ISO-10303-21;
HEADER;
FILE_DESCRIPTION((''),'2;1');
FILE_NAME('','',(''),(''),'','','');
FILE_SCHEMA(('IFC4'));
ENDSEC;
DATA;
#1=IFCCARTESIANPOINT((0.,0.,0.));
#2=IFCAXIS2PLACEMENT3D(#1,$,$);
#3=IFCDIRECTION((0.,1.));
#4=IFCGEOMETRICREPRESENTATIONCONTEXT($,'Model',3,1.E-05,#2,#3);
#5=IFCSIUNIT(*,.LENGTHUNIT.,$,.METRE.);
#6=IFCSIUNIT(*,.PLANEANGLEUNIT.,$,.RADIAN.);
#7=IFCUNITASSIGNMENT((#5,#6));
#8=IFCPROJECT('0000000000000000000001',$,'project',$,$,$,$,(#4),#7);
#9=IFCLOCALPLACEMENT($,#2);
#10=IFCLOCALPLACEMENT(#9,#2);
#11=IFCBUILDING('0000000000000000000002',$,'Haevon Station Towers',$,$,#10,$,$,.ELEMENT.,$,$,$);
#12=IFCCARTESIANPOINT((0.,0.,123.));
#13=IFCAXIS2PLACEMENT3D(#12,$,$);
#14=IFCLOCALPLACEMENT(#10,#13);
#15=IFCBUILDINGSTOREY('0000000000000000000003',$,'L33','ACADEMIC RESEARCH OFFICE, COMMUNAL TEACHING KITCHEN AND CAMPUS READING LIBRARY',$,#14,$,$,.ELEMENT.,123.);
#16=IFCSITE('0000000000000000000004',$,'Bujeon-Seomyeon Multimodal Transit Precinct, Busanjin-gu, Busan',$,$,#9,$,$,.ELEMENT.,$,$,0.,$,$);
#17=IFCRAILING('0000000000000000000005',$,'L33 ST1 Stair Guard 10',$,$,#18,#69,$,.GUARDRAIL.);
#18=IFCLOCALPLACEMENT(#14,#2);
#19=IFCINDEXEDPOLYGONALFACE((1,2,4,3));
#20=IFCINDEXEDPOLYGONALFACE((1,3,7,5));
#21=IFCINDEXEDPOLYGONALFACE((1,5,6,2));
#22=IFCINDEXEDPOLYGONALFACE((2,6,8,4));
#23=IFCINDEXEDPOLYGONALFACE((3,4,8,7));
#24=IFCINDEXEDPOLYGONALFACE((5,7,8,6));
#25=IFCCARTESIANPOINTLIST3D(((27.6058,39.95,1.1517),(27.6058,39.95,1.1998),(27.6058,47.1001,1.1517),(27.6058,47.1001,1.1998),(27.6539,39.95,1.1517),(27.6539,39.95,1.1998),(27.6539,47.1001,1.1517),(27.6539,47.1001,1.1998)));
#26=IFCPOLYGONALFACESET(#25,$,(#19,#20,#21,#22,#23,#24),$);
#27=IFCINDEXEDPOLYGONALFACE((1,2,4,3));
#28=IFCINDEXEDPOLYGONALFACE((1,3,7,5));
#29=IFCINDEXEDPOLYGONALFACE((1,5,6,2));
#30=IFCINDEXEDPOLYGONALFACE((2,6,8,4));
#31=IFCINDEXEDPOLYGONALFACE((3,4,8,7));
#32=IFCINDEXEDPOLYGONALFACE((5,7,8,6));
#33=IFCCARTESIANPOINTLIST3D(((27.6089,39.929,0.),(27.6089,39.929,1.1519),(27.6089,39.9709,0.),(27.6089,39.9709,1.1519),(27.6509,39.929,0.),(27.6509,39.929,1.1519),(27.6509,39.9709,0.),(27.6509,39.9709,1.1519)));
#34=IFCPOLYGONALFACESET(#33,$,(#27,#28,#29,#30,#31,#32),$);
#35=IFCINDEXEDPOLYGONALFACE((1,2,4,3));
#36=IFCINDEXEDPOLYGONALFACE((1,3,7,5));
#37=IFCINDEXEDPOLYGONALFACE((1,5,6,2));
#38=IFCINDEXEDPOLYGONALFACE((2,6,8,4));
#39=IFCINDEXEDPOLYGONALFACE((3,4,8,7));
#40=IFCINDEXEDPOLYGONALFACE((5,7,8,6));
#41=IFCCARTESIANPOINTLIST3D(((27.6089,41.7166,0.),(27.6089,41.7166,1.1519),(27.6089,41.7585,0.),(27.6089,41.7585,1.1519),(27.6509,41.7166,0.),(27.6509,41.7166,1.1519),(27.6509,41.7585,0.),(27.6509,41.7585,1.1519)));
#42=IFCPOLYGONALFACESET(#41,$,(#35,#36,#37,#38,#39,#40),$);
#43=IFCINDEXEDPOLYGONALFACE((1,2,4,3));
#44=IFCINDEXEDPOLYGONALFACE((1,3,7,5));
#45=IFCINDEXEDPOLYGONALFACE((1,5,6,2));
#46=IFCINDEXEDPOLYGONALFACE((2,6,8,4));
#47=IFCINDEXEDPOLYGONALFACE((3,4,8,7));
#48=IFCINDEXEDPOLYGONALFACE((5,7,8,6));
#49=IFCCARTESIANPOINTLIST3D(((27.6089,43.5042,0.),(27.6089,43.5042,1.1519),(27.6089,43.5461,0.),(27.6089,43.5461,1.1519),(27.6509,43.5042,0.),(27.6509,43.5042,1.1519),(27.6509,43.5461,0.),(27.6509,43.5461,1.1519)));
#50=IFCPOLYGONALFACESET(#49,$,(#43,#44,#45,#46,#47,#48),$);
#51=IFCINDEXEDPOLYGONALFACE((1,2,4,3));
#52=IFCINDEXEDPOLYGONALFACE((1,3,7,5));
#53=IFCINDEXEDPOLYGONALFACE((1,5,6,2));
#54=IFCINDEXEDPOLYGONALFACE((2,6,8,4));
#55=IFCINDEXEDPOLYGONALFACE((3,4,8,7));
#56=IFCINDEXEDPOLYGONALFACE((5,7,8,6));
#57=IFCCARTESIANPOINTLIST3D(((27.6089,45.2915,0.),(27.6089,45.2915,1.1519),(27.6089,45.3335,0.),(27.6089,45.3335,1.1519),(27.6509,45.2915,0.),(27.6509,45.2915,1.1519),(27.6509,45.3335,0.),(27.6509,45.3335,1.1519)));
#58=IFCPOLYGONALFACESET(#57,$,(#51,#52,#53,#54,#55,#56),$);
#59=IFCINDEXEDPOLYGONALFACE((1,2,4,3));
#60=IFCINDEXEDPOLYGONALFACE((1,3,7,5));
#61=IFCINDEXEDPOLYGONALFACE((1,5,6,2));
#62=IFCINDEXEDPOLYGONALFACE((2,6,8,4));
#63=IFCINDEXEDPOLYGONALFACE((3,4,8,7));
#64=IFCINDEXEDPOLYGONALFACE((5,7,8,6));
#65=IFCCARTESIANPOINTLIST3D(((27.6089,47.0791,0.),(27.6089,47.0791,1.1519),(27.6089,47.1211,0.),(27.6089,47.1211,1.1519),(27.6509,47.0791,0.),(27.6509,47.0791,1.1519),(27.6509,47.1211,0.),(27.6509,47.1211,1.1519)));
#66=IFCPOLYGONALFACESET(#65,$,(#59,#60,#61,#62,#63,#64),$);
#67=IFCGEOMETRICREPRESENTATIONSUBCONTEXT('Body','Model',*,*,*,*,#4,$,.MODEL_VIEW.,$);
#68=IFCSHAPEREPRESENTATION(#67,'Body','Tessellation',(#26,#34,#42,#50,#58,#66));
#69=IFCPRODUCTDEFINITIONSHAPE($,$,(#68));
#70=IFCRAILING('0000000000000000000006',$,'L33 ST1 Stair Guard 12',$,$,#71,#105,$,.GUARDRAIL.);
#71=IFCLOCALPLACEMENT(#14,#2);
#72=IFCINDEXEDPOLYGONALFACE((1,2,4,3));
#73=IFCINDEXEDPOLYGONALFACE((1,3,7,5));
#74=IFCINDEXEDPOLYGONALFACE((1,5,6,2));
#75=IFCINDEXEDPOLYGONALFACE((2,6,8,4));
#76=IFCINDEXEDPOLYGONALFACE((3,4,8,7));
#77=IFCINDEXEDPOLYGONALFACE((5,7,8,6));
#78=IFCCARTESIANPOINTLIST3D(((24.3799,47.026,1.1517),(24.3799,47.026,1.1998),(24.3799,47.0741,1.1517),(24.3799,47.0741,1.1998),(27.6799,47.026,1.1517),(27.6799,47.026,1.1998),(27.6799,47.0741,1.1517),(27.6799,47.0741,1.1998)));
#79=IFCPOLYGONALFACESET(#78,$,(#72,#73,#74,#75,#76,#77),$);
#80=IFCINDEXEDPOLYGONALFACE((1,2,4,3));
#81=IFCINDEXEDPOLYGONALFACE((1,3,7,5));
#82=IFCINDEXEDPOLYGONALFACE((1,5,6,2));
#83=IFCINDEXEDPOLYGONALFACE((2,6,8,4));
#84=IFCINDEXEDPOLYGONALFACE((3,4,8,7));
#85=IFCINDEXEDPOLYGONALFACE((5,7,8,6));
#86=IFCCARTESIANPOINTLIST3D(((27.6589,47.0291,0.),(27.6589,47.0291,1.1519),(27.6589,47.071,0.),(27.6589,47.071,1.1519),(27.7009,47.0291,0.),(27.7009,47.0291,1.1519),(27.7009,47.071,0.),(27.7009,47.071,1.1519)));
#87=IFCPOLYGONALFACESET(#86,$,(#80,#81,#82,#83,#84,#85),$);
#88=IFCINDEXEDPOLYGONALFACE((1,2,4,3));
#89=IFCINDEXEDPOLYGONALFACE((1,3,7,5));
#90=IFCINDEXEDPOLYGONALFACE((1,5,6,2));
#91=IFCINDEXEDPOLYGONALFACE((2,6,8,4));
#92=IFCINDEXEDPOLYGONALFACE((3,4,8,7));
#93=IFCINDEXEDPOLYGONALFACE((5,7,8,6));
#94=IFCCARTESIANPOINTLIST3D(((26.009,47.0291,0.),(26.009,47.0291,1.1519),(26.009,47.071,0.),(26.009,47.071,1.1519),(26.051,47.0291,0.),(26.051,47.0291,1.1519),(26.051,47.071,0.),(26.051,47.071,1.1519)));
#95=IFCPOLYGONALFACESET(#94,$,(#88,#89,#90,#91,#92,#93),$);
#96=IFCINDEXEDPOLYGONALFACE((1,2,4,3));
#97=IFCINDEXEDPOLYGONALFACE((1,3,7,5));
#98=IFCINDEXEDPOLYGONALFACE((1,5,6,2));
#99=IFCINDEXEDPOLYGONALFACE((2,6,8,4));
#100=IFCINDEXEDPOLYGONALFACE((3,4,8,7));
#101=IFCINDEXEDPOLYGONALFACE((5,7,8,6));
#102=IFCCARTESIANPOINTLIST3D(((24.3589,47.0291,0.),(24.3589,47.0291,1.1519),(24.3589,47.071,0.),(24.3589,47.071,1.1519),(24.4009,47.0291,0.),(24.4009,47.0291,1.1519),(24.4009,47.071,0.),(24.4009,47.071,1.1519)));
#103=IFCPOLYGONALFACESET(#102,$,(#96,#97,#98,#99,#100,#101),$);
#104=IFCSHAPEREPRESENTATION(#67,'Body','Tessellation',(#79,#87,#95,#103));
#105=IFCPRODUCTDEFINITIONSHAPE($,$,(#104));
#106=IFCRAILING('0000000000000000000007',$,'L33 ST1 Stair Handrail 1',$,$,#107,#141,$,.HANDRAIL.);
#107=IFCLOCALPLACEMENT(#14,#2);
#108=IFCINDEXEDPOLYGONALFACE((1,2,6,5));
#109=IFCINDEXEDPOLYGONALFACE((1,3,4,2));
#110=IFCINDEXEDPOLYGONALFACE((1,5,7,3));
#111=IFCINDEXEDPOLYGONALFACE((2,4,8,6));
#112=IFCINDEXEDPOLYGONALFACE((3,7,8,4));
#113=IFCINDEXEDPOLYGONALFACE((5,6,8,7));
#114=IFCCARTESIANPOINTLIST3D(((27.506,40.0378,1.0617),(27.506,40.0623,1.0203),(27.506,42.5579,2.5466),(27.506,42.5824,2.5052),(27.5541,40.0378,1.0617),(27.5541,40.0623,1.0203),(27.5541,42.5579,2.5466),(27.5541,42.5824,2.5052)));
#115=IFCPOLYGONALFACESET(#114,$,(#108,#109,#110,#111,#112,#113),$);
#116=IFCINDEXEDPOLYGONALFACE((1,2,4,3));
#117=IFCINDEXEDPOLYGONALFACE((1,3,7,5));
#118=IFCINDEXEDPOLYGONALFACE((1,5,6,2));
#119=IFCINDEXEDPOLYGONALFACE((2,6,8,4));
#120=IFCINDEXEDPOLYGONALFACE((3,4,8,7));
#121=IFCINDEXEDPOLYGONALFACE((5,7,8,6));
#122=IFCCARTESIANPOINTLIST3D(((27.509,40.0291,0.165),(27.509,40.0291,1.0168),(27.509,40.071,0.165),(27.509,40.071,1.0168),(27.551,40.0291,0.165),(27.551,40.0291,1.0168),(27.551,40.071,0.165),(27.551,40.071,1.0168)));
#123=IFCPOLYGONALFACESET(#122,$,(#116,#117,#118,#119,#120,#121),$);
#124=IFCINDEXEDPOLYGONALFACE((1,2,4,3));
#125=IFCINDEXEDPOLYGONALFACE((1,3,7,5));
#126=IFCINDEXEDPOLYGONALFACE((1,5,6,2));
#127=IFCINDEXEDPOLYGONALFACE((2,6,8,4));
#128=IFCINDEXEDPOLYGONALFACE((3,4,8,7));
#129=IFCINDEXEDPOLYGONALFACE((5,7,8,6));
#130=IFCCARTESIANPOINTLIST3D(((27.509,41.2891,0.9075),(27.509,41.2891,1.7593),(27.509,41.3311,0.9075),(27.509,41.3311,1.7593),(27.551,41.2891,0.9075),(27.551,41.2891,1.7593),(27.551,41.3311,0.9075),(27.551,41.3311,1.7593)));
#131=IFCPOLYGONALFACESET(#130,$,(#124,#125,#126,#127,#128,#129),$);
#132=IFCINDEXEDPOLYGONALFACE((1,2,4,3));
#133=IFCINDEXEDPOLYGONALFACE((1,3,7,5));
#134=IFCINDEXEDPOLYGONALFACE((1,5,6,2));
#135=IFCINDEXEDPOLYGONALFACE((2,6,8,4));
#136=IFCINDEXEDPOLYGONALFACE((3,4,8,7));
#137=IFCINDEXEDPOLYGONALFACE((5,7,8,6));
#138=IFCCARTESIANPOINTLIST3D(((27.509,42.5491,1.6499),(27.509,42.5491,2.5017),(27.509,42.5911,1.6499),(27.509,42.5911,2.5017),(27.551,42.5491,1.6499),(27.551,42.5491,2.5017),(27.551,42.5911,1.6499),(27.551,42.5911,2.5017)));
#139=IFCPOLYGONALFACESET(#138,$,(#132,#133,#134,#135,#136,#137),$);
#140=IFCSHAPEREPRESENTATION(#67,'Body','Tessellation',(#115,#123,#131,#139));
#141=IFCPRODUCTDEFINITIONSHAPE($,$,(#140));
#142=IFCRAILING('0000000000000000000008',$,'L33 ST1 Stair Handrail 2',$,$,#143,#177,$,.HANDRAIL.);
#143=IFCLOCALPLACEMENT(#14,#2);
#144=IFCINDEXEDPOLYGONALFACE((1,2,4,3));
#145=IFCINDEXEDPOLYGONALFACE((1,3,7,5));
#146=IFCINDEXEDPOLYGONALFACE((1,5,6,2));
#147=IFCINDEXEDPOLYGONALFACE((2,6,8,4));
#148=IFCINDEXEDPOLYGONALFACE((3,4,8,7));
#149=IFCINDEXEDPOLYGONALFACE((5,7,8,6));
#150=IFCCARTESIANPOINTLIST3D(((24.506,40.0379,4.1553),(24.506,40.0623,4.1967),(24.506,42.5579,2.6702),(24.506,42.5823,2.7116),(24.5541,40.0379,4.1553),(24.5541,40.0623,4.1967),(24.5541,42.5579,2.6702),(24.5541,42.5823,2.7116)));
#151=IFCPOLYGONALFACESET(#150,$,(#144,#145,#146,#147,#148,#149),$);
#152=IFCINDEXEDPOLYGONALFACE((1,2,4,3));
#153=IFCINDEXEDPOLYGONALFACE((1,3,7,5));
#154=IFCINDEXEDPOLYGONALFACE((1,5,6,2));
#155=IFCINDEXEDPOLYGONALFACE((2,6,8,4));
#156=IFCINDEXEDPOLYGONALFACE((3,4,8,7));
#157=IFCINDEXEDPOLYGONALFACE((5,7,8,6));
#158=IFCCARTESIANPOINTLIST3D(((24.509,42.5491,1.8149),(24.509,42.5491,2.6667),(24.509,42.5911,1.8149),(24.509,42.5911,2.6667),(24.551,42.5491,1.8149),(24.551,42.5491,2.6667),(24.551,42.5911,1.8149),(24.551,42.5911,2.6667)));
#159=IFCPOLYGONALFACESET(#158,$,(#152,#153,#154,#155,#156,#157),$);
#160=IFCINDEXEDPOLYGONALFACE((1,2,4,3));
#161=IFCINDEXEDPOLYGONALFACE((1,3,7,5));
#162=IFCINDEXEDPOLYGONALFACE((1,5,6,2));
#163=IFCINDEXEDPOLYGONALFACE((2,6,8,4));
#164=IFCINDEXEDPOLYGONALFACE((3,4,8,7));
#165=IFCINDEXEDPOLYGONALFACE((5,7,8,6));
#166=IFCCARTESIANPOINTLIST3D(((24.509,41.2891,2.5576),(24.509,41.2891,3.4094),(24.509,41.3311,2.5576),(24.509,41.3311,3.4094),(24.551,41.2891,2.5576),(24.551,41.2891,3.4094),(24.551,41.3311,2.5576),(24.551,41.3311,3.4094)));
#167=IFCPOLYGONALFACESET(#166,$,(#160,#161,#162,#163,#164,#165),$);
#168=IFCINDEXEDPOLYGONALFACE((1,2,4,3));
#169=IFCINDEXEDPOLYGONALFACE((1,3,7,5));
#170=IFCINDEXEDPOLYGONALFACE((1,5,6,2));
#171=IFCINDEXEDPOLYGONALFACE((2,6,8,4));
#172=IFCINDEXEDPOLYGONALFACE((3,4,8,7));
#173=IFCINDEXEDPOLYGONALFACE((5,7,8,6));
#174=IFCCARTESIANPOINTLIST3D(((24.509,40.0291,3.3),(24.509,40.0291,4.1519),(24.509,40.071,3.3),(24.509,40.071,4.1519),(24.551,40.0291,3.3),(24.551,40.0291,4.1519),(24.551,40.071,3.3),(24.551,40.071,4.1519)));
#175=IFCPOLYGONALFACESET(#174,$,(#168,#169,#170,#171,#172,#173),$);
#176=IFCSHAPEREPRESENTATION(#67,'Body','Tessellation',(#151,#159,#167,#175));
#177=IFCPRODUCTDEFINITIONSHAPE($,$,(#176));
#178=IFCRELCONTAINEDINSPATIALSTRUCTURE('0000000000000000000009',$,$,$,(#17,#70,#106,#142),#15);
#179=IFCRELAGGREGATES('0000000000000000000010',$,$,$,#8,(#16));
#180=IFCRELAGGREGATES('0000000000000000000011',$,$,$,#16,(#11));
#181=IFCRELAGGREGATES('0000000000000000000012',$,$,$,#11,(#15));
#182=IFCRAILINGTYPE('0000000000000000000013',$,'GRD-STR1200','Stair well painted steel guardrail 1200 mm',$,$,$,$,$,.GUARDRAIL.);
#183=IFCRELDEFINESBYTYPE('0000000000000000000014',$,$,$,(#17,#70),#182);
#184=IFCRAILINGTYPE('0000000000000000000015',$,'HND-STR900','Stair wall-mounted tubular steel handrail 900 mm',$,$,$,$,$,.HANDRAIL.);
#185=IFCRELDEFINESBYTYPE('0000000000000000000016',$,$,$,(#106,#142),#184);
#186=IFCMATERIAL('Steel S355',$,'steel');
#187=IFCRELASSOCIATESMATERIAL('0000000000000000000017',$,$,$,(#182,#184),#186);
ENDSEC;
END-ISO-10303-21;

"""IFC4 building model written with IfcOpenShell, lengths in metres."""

from ifc_helpers import new_model, si_unit, direction, frame, origin, origin_2d, place, context, subcontext, project, spatial, rectangle, extrude, material, type_object, element, save


model = new_model("IFC4")

# Units and contexts
model_context = context("Model", 3, precision=1e-05, world=origin(), true_north=direction((0.0, 1.0)))
body_context = subcontext(model_context, "Body", "Model", "MODEL_VIEW")
ifc_project = project(units=[si_unit("LENGTHUNIT", "METRE"), si_unit("PLANEANGLEUNIT", "RADIAN")], contexts=[model_context])

# Site, building, storey
site_placement = place(None, origin())
site = spatial("IfcSite", under=ifc_project, at=site_placement, Name="Bujeon-Seomyeon Multimodal Transit Precinct, Busanjin-gu, Busan", CompositionType="ELEMENT", RefElevation=0.0)
building_placement = place(site_placement, origin())
building = spatial("IfcBuilding", under=site, at=building_placement, Name="Haevon Station Towers", CompositionType="ELEMENT")
storey_placement = place(building_placement, frame((0.0, 0.0, 123.0)))
storey = spatial("IfcBuildingStorey", under=building, at=storey_placement, Name="L33", Description="ACADEMIC RESEARCH OFFICE, COMMUNAL TEACHING KITCHEN AND CAMPUS READING LIBRARY", CompositionType="ELEMENT", Elevation=123.0)

# Shared definitions
ifc_material_1 = material(Name="Steel S355", Category="steel")

# Railings
railing_type_1 = type_object("IfcRailingType", Name="GRD-STR1200", Description="Stair well painted steel guardrail 1200 mm", PredefinedType="GUARDRAIL", material=ifc_material_1)
railing_1_placement = place(storey_placement, frame((27.6299, 39.95, 0.0)))
element("IfcRailing", 1, at=railing_1_placement, inside=storey, type_object=railing_type_1, Name="L33 ST1 Stair Guard 10", PredefinedType="GUARDRAIL", context=body_context, shape_type="SweptSolid", body=[
    extrude(rectangle(XDim=0.0481, YDim=0.0481, at=origin_2d()), frame((0.0, 0.0, 1.1758), z_axis=(0.0, 1.0, 0.0), x_axis=(-1.0, 0.0, 0.0)), (0.0, 0.0, 1.0), 7.1501),
    extrude(rectangle(XDim=0.042, YDim=0.042, at=origin_2d()), origin(), (0.0, 0.0, 1.0), 1.1519),
    extrude(rectangle(XDim=0.042, YDim=0.042, at=origin_2d()), frame((0.0, 1.7876, 0.0)), (0.0, 0.0, 1.0), 1.1519),
    extrude(rectangle(XDim=0.042, YDim=0.042, at=origin_2d()), frame((0.0, 3.5752, 0.0)), (0.0, 0.0, 1.0), 1.1519),
    extrude(rectangle(XDim=0.042, YDim=0.042, at=origin_2d()), frame((0.0, 5.3625, 0.0)), (0.0, 0.0, 1.0), 1.1519),
    extrude(rectangle(XDim=0.042, YDim=0.042, at=origin_2d()), frame((0.0, 7.1501, 0.0)), (0.0, 0.0, 1.0), 1.1519),
])
railing_2_placement = place(storey_placement, frame((27.6799, 47.05, 0.0)))
element("IfcRailing", 2, at=railing_2_placement, inside=storey, type_object=railing_type_1, Name="L33 ST1 Stair Guard 12", PredefinedType="GUARDRAIL", context=body_context, shape_type="SweptSolid", body=[
    extrude(rectangle(XDim=0.0481, YDim=0.0481, at=origin_2d()), frame((0.0, 0.0, 1.1758), z_axis=(-1.0, 0.0, 0.0), x_axis=(0.0, -1.0, 0.0)), (0.0, 0.0, 1.0), 3.3),
    extrude(rectangle(XDim=0.042, YDim=0.042, at=origin_2d()), origin(), (0.0, 0.0, 1.0), 1.1519),
    extrude(rectangle(XDim=0.042, YDim=0.042, at=origin_2d()), frame((-1.6499, 0.0, 0.0)), (0.0, 0.0, 1.0), 1.1519),
    extrude(rectangle(XDim=0.042, YDim=0.042, at=origin_2d()), frame((-3.3, 0.0, 0.0)), (0.0, 0.0, 1.0), 1.1519),
])
railing_type_2 = type_object("IfcRailingType", Name="HND-STR900", Description="Stair wall-mounted tubular steel handrail 900 mm", PredefinedType="HANDRAIL", material=ifc_material_1)
railing_3_placement = place(storey_placement, frame((27.53, 40.05, 0.165)))
element("IfcRailing", 3, at=railing_3_placement, inside=storey, type_object=railing_type_2, Name="L33 ST1 Stair Handrail 1", PredefinedType="HANDRAIL", context=body_context, shape_type="SweptSolid", body=[
    extrude(rectangle(XDim=0.0481, YDim=0.0481, at=origin_2d()), frame((0.0, 0.0, 0.876), z_axis=(0.0, 0.861561, 0.507655), x_axis=(-1.0, 0.0, 0.0)), (0.0, 0.0, 1.0), 2.925),
    extrude(rectangle(XDim=0.042, YDim=0.042, at=origin_2d()), origin(), (0.0, 0.0, 1.0), 0.8518),
    extrude(rectangle(XDim=0.042, YDim=0.042, at=origin_2d()), frame((0.0, 1.26, 0.7424)), (0.0, 0.0, 1.0), 0.8518),
    extrude(rectangle(XDim=0.042, YDim=0.042, at=origin_2d()), frame((0.0, 2.52, 1.4849)), (0.0, 0.0, 1.0), 0.8518),
])
railing_4_placement = place(storey_placement, frame((24.53, 42.5701, 1.8149)))
element("IfcRailing", 4, at=railing_4_placement, inside=storey, type_object=railing_type_2, Name="L33 ST1 Stair Handrail 2", PredefinedType="HANDRAIL", context=body_context, shape_type="SweptSolid", body=[
    extrude(rectangle(XDim=0.0481, YDim=0.0481, at=origin_2d()), frame((0.0, 0.0, 0.876), z_axis=(0.0, -0.861524, 0.507717), x_axis=(1.0, 0.0, 0.0)), (0.0, 0.0, 1.0), 2.925),
    extrude(rectangle(XDim=0.042, YDim=0.042, at=origin_2d()), origin(), (0.0, 0.0, 1.0), 0.8518),
    extrude(rectangle(XDim=0.042, YDim=0.042, at=origin_2d()), frame((0.0, -1.26, 0.7427)), (0.0, 0.0, 1.0), 0.8518),
    extrude(rectangle(XDim=0.042, YDim=0.042, at=origin_2d()), frame((0.0, -2.52, 1.4851)), (0.0, 0.0, 1.0), 0.8518),
])

save(model, "model.ifc")
